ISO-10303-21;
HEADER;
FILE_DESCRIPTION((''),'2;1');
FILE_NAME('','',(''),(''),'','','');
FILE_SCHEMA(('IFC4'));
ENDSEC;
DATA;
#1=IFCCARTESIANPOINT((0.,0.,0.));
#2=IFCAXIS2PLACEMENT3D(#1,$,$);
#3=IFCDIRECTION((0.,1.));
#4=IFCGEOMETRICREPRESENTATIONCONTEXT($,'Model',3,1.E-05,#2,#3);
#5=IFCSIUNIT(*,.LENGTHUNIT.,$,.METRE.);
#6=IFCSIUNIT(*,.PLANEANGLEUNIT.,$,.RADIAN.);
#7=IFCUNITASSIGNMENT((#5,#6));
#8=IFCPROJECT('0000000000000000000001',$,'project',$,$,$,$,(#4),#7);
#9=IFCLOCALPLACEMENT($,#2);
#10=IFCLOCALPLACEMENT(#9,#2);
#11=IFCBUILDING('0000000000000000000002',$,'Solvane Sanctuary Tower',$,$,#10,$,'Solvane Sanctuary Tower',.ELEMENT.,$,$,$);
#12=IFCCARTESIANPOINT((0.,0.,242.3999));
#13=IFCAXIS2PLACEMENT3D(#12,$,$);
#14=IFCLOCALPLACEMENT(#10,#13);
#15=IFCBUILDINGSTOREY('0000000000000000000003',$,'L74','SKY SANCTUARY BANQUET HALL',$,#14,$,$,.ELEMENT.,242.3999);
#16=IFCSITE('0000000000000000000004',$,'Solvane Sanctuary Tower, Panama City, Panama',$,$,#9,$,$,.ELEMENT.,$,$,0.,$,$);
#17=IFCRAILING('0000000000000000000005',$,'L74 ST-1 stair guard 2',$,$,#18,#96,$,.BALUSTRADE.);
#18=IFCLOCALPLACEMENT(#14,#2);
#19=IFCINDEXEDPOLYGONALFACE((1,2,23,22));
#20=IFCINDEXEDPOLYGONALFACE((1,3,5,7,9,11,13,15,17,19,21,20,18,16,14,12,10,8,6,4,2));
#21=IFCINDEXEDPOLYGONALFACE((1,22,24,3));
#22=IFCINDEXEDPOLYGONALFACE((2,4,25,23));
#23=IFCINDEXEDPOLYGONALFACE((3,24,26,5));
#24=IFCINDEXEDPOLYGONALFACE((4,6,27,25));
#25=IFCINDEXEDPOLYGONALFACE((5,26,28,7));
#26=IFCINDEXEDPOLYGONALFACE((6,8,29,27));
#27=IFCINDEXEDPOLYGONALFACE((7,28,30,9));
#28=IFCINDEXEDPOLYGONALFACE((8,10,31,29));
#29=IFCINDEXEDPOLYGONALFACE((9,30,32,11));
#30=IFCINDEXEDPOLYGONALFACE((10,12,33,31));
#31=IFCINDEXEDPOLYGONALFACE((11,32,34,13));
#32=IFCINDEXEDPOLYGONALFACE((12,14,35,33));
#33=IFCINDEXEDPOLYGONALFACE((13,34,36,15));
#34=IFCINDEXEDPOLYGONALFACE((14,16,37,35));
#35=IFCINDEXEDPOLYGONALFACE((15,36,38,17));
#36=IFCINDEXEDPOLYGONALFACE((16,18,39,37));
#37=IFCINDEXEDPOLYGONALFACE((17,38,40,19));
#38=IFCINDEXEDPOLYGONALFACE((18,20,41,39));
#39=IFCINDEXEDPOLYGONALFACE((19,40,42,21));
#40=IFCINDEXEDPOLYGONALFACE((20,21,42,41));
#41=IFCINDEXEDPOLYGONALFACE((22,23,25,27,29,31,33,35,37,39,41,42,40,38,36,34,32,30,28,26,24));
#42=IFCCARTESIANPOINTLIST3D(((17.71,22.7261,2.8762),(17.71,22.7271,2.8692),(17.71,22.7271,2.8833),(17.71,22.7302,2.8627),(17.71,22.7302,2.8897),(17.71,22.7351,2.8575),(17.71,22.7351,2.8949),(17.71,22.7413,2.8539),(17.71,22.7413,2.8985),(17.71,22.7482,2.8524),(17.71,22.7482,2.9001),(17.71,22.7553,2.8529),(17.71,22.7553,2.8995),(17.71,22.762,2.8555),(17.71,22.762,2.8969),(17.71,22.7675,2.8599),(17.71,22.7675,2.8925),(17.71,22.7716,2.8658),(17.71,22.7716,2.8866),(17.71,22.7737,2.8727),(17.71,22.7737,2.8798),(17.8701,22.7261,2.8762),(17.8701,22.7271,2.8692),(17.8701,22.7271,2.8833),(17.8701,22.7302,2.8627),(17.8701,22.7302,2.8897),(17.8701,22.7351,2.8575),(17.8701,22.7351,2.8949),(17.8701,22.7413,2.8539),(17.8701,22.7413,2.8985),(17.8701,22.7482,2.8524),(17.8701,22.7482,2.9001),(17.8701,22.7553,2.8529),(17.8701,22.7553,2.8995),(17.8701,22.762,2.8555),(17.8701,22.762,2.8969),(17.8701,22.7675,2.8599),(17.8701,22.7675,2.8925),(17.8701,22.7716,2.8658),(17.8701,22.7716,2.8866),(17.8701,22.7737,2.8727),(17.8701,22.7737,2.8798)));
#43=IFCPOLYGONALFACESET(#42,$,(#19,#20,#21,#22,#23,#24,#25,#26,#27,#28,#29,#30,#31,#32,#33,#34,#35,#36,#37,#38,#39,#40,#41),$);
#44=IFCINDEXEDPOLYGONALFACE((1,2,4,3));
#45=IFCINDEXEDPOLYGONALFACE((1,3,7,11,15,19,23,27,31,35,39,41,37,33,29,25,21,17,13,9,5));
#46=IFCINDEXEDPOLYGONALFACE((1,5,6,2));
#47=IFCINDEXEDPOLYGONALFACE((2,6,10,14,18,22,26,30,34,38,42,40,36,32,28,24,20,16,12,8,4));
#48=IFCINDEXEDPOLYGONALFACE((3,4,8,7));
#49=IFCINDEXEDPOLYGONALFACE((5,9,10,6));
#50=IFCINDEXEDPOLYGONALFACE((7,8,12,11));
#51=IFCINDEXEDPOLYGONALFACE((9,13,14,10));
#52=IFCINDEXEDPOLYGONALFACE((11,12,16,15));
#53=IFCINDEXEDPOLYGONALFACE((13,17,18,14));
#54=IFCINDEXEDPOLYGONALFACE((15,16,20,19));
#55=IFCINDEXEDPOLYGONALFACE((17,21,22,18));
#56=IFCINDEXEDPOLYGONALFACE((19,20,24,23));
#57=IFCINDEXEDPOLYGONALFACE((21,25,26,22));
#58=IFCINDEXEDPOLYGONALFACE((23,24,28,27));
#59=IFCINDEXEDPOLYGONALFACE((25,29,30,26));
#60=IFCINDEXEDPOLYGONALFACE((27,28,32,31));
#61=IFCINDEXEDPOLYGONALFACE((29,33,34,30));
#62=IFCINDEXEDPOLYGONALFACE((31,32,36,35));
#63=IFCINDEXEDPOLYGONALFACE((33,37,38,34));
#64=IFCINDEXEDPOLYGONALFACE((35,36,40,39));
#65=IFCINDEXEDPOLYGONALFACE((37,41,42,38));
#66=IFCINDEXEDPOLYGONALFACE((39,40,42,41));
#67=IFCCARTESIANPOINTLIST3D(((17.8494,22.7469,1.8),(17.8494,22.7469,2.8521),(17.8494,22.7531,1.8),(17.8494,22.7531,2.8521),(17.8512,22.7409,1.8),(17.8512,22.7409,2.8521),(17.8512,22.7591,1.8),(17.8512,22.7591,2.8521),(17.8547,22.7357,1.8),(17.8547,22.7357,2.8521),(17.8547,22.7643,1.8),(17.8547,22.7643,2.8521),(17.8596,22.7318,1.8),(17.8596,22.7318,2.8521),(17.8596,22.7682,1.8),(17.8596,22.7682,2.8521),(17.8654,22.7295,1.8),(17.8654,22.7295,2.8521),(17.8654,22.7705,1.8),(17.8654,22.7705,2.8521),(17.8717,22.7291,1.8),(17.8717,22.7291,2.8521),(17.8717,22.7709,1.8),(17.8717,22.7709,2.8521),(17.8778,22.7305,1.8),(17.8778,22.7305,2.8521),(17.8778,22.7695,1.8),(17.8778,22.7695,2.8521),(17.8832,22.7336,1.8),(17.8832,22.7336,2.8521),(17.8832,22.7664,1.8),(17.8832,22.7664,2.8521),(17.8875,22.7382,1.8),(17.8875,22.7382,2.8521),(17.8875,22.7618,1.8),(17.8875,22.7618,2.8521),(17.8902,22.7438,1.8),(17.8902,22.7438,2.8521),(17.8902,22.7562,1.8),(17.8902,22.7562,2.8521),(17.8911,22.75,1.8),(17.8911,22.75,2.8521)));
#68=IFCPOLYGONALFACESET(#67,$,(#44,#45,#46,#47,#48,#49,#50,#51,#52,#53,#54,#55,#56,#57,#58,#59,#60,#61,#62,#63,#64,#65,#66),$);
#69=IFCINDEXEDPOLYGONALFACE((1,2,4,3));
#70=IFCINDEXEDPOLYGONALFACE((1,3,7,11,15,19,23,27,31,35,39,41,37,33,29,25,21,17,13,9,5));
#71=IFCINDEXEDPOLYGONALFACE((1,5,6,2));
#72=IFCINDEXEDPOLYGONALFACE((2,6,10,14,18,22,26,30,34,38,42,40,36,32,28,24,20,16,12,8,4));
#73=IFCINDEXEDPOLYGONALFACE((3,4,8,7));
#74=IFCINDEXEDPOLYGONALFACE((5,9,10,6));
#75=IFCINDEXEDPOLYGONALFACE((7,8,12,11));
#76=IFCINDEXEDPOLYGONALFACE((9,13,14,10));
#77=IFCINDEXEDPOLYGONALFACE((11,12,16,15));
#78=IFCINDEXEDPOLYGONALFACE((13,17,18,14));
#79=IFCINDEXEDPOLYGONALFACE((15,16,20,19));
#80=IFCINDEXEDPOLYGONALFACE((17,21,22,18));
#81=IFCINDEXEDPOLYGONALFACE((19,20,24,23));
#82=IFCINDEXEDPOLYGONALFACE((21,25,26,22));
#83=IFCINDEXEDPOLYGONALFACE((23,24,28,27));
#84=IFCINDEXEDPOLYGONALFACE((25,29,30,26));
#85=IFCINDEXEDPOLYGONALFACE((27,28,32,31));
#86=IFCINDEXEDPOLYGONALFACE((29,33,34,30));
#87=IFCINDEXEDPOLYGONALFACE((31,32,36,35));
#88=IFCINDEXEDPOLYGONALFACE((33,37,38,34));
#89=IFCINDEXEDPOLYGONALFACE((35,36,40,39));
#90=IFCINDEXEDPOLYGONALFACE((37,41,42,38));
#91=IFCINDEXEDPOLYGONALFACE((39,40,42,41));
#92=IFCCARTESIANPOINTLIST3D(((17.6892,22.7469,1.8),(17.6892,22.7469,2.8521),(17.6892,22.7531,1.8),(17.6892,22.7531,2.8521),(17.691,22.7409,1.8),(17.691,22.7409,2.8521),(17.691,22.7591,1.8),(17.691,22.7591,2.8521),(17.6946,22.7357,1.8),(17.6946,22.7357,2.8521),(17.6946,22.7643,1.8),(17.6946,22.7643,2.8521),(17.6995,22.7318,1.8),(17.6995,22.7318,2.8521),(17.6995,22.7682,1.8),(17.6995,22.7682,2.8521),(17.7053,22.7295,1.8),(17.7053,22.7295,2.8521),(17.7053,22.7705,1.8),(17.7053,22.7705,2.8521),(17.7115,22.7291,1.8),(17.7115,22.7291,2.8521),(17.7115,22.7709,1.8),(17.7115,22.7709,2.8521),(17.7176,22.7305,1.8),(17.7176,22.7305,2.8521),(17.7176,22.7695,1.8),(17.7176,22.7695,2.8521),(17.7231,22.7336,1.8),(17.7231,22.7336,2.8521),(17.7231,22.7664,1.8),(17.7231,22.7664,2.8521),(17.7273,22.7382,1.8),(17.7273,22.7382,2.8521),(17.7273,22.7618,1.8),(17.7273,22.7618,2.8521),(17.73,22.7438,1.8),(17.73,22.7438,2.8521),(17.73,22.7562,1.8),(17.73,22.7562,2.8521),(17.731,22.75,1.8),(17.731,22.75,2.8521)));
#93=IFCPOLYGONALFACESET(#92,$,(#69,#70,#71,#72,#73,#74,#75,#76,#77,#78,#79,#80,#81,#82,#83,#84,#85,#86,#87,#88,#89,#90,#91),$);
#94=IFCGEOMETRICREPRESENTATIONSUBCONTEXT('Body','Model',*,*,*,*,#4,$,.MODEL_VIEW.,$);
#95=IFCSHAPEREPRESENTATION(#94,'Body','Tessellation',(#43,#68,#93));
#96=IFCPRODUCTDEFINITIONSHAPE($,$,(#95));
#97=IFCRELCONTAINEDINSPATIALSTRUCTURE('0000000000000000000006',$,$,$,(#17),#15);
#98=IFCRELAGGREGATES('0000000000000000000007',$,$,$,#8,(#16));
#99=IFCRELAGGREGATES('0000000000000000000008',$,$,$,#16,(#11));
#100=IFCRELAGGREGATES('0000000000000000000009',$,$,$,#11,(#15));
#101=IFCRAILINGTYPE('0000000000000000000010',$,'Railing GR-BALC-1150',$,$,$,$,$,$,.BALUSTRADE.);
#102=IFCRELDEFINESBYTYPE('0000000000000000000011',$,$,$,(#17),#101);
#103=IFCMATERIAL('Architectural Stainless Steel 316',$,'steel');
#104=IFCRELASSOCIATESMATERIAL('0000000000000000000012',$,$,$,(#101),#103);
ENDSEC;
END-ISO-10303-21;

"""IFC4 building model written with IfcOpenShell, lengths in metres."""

from ifc_helpers import new_model, si_unit, direction, frame, origin, origin_2d, place, context, subcontext, project, spatial, circle, extrude, material, type_object, element, save


model = new_model("IFC4")

# Units and contexts
model_context = context("Model", 3, precision=1e-05, world=origin(), true_north=direction((0.0, 1.0)))
body_context = subcontext(model_context, "Body", "Model", "MODEL_VIEW")
ifc_project = project(units=[si_unit("LENGTHUNIT", "METRE"), si_unit("PLANEANGLEUNIT", "RADIAN")], contexts=[model_context])

# Site, building, storey
site_placement = place(None, origin())
site = spatial("IfcSite", under=ifc_project, at=site_placement, Name="Solvane Sanctuary Tower, Panama City, Panama", CompositionType="ELEMENT", RefElevation=0.0)
building_placement = place(site_placement, origin())
building = spatial("IfcBuilding", under=site, at=building_placement, Name="Solvane Sanctuary Tower", LongName="Solvane Sanctuary Tower", CompositionType="ELEMENT")
storey_placement = place(building_placement, frame((0.0, 0.0, 242.3999)))
storey = spatial("IfcBuildingStorey", under=building, at=storey_placement, Name="L74", Description="SKY SANCTUARY BANQUET HALL", CompositionType="ELEMENT", Elevation=242.3999)

# Shared definitions
ifc_material_1 = material(Name="Architectural Stainless Steel 316", Category="steel")

# Railing
railing_type = type_object("IfcRailingType", Name="Railing GR-BALC-1150", PredefinedType="BALUSTRADE", material=ifc_material_1)
railing_1_placement = place(storey_placement, frame((17.8701, 22.75, 1.8)))
element("IfcRailing", 1, at=railing_1_placement, inside=storey, type_object=railing_type, Name="L74 ST-1 stair guard 2", PredefinedType="BALUSTRADE", context=body_context, shape_type="SweptSolid", body=[
    extrude(circle(Radius=0.0239, at=origin_2d()), frame((0.0, 0.0, 1.0762), z_axis=(-1.0, 0.0, 0.0), x_axis=(0.0, -1.0, 0.0)), (0.0, 0.0, 1.0), 0.1602),
    extrude(circle(Radius=0.021, at=origin_2d()), origin(), (0.0, 0.0, 1.0), 1.052),
    extrude(circle(Radius=0.021, at=origin_2d()), frame((-0.1602, 0.0, 0.0)), (0.0, 0.0, 1.0), 1.052),
])

save(model, "model.ifc")
